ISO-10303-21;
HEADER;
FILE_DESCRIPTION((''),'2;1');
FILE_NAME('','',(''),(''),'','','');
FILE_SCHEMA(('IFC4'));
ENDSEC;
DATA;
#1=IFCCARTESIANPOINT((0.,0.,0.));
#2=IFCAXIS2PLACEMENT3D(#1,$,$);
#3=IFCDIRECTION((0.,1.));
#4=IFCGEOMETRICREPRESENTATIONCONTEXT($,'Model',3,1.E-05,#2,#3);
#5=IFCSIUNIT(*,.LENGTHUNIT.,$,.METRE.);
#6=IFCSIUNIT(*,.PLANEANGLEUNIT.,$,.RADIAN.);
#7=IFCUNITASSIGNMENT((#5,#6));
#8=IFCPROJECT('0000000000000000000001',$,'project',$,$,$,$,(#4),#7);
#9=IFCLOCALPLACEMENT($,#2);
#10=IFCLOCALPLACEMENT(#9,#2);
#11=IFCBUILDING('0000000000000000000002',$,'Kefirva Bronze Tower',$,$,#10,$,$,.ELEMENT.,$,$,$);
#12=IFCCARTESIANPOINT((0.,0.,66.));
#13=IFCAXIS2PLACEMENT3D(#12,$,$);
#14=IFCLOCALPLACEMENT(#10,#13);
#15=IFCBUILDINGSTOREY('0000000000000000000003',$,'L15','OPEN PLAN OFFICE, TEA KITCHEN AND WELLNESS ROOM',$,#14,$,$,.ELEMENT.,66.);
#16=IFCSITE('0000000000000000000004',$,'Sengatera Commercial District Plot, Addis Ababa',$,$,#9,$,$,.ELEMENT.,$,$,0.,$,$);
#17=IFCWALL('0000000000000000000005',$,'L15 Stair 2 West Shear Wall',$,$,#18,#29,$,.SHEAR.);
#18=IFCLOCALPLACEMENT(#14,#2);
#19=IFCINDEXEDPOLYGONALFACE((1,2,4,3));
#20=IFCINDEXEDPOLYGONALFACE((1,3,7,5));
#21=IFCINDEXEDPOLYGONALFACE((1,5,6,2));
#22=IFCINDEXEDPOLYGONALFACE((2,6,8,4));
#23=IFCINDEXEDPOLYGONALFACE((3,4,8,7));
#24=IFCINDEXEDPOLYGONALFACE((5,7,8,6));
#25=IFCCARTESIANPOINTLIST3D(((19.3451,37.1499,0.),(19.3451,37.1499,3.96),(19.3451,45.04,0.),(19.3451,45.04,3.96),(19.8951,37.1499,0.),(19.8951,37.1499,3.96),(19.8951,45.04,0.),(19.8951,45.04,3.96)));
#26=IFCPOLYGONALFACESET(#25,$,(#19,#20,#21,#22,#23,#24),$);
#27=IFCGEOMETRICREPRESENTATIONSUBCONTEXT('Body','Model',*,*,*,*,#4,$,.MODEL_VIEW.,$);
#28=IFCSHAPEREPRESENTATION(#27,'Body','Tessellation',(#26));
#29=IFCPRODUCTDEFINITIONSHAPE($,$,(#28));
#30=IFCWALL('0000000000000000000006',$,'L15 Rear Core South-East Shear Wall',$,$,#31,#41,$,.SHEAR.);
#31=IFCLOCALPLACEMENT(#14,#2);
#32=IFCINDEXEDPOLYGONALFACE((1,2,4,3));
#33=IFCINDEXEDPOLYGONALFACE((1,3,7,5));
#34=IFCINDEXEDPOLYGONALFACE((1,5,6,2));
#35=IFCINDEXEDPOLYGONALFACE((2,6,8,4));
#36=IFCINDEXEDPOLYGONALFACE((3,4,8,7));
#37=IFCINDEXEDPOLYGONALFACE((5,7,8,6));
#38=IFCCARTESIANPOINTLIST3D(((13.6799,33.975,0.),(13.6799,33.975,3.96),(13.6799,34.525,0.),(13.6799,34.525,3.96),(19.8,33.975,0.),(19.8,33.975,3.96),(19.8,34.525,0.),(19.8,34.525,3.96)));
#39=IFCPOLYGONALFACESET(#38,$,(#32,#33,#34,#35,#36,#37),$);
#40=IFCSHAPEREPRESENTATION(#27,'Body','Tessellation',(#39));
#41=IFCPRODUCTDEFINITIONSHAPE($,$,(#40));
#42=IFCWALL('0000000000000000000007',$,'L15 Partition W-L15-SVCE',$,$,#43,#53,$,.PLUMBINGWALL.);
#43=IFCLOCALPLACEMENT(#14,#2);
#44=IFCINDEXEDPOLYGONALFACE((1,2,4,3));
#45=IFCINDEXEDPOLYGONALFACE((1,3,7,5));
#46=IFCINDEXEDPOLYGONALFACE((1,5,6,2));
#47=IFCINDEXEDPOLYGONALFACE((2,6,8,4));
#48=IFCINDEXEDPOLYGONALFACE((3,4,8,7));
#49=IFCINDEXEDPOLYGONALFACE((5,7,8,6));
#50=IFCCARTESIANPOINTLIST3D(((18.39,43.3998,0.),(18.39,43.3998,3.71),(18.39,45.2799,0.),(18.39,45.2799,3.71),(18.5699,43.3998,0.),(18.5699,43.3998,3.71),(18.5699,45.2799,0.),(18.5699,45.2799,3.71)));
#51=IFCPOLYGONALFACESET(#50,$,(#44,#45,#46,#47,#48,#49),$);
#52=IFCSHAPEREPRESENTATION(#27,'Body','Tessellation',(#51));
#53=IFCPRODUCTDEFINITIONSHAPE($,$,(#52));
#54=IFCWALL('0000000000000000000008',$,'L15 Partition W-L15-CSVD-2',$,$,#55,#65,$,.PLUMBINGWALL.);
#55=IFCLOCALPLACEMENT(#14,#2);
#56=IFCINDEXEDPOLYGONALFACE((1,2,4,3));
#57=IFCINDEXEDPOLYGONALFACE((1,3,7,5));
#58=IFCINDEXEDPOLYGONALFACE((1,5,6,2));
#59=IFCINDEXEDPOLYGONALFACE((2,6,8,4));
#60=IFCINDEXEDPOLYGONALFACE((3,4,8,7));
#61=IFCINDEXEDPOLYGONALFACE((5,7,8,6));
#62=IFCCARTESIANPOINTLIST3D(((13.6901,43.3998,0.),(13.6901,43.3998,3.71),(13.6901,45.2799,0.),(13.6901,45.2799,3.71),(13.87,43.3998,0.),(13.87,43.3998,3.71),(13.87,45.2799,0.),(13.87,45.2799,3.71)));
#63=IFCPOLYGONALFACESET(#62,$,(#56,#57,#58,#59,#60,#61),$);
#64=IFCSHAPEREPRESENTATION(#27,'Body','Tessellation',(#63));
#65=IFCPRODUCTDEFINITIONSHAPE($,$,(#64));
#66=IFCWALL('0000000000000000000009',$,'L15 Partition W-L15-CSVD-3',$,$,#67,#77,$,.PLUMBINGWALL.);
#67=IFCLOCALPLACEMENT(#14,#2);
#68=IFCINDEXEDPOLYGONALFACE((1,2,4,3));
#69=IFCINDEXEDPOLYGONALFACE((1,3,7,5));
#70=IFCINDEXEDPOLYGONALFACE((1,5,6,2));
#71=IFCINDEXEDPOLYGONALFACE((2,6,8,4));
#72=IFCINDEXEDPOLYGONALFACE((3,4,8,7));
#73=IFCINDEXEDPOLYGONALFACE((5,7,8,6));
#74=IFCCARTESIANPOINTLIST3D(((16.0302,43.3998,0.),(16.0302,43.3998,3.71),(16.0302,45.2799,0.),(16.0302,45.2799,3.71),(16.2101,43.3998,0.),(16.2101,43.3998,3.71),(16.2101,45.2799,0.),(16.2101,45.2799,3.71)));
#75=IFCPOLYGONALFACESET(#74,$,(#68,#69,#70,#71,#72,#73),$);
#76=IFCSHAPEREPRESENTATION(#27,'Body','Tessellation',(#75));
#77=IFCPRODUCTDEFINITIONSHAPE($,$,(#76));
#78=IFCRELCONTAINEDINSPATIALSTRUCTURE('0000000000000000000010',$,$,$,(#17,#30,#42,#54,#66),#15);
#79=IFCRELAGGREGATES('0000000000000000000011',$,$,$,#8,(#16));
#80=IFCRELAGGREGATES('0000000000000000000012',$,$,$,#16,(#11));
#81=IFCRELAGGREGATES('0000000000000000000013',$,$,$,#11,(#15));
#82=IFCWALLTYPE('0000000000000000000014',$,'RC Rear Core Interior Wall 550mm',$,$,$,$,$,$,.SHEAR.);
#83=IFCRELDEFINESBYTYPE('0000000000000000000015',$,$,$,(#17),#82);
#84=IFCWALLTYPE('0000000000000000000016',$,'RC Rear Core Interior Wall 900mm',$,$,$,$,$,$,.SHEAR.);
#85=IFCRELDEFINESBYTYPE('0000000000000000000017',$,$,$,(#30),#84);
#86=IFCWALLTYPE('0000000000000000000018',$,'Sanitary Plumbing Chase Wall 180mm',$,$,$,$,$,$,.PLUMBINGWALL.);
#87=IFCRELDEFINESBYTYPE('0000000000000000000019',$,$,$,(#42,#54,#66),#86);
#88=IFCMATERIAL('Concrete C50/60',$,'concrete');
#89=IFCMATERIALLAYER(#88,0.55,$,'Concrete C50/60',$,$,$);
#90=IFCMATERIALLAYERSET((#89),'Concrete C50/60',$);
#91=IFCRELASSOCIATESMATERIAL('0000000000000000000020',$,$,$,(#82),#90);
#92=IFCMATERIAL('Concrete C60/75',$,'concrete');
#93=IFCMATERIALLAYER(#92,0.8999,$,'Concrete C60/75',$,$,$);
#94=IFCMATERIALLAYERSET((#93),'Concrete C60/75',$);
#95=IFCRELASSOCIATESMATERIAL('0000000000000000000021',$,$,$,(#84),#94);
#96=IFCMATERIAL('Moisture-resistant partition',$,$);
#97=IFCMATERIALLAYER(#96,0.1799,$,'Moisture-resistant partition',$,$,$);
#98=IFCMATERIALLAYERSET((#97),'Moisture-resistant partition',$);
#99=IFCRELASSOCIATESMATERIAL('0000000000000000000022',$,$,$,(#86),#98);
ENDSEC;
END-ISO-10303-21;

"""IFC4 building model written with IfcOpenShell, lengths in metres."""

from ifc_helpers import new_model, si_unit, direction, frame, frame_2d, origin, place, context, subcontext, project, spatial, rectangle, extrude, material, layer, layer_set, type_object, element, save


model = new_model("IFC4")

# Units and contexts
model_context = context("Model", 3, precision=1e-05, world=origin(), true_north=direction((0.0, 1.0)))
body_context = subcontext(model_context, "Body", "Model", "MODEL_VIEW")
ifc_project = project(units=[si_unit("LENGTHUNIT", "METRE"), si_unit("PLANEANGLEUNIT", "RADIAN")], contexts=[model_context])

# Site, building, storey
site_placement = place(None, origin())
site = spatial("IfcSite", under=ifc_project, at=site_placement, Name="Sengatera Commercial District Plot, Addis Ababa", CompositionType="ELEMENT", RefElevation=0.0)
building_placement = place(site_placement, origin())
building = spatial("IfcBuilding", under=site, at=building_placement, Name="Kefirva Bronze Tower", CompositionType="ELEMENT")
storey_placement = place(building_placement, frame((0.0, 0.0, 66.0)))
storey = spatial("IfcBuildingStorey", under=building, at=storey_placement, Name="L15", Description="OPEN PLAN OFFICE, TEA KITCHEN AND WELLNESS ROOM", CompositionType="ELEMENT", Elevation=66.0)

# Shared definitions
ifc_material_1 = material(Name="Concrete C50/60", Category="concrete")

# Walls
ifc_layer_1 = layer(ifc_material_1, 0.55, Name="Concrete C50/60")
ifc_layer_set_1 = layer_set([ifc_layer_1], Name="Concrete C50/60")
wall_type_1 = type_object("IfcWallType", Name="RC Rear Core Interior Wall 550mm", PredefinedType="SHEAR", material=ifc_layer_set_1)
wall_1_placement = place(storey_placement, frame((19.6201, 37.1499, 0.0), z_axis=(0.0, 0.0, 1.0), x_axis=(0.0, 1.0, 0.0)))
element("IfcWall", 1, at=wall_1_placement, inside=storey, type_object=wall_type_1, Name="L15 Stair 2 West Shear Wall", PredefinedType="SHEAR", context=body_context, shape_type="SweptSolid", body=[
    extrude(rectangle(XDim=7.8901, YDim=0.55, at=frame_2d((3.9451, 0.0))), origin(), (0.0, 0.0, 1.0), 3.96),
])
ifc_material_2 = material(Name="Concrete C60/75", Category="concrete")
ifc_layer_2 = layer(ifc_material_2, 0.8999, Name="Concrete C60/75")
ifc_layer_set_2 = layer_set([ifc_layer_2], Name="Concrete C60/75")
wall_type_2 = type_object("IfcWallType", Name="RC Rear Core Interior Wall 900mm", PredefinedType="SHEAR", material=ifc_layer_set_2)
wall_2_placement = place(storey_placement, frame((13.6799, 34.25, 0.0), z_axis=(0.0, 0.0, 1.0), x_axis=(1.0, 0.0, 0.0)))
element("IfcWall", 2, at=wall_2_placement, inside=storey, type_object=wall_type_2, Name="L15 Rear Core South-East Shear Wall", PredefinedType="SHEAR", context=body_context, shape_type="SweptSolid", body=[
    extrude(rectangle(XDim=6.1201, YDim=0.55, at=frame_2d((3.0601, 0.0))), origin(), (0.0, 0.0, 1.0), 3.96),
])
ifc_material_3 = material(Name="Moisture-resistant partition")
ifc_layer_3 = layer(ifc_material_3, 0.1799, Name="Moisture-resistant partition")
ifc_layer_set_3 = layer_set([ifc_layer_3], Name="Moisture-resistant partition")
wall_type_3 = type_object("IfcWallType", Name="Sanitary Plumbing Chase Wall 180mm", PredefinedType="PLUMBINGWALL", material=ifc_layer_set_3)
for number, where, z_axis, x_axis, name in (
    (3, (18.48, 43.3999, 0.0), (0.0, 0.0, 1.0), (0.0, 1.0, 0.0), "L15 Partition W-L15-SVCE"),
    (4, (13.78, 43.3999, 0.0), (0.0, 0.0, 1.0), (0.0, 1.0, 0.0), "L15 Partition W-L15-CSVD-2"),
    (5, (16.1201, 43.3999, 0.0), (0.0, 0.0, 1.0), (0.0, 1.0, 0.0), "L15 Partition W-L15-CSVD-3"),
):
    element("IfcWall", number, at=place(storey_placement, frame(where, z_axis=z_axis, x_axis=x_axis)), inside=storey, type_object=wall_type_3, Name=name, PredefinedType="PLUMBINGWALL", context=body_context, shape_type="SweptSolid", body=[
        extrude(rectangle(XDim=1.8801, YDim=0.1799, at=frame_2d((0.9399, 0.0))), origin(), (0.0, 0.0, 1.0), 3.71),
    ])

save(model, "model.ifc")
